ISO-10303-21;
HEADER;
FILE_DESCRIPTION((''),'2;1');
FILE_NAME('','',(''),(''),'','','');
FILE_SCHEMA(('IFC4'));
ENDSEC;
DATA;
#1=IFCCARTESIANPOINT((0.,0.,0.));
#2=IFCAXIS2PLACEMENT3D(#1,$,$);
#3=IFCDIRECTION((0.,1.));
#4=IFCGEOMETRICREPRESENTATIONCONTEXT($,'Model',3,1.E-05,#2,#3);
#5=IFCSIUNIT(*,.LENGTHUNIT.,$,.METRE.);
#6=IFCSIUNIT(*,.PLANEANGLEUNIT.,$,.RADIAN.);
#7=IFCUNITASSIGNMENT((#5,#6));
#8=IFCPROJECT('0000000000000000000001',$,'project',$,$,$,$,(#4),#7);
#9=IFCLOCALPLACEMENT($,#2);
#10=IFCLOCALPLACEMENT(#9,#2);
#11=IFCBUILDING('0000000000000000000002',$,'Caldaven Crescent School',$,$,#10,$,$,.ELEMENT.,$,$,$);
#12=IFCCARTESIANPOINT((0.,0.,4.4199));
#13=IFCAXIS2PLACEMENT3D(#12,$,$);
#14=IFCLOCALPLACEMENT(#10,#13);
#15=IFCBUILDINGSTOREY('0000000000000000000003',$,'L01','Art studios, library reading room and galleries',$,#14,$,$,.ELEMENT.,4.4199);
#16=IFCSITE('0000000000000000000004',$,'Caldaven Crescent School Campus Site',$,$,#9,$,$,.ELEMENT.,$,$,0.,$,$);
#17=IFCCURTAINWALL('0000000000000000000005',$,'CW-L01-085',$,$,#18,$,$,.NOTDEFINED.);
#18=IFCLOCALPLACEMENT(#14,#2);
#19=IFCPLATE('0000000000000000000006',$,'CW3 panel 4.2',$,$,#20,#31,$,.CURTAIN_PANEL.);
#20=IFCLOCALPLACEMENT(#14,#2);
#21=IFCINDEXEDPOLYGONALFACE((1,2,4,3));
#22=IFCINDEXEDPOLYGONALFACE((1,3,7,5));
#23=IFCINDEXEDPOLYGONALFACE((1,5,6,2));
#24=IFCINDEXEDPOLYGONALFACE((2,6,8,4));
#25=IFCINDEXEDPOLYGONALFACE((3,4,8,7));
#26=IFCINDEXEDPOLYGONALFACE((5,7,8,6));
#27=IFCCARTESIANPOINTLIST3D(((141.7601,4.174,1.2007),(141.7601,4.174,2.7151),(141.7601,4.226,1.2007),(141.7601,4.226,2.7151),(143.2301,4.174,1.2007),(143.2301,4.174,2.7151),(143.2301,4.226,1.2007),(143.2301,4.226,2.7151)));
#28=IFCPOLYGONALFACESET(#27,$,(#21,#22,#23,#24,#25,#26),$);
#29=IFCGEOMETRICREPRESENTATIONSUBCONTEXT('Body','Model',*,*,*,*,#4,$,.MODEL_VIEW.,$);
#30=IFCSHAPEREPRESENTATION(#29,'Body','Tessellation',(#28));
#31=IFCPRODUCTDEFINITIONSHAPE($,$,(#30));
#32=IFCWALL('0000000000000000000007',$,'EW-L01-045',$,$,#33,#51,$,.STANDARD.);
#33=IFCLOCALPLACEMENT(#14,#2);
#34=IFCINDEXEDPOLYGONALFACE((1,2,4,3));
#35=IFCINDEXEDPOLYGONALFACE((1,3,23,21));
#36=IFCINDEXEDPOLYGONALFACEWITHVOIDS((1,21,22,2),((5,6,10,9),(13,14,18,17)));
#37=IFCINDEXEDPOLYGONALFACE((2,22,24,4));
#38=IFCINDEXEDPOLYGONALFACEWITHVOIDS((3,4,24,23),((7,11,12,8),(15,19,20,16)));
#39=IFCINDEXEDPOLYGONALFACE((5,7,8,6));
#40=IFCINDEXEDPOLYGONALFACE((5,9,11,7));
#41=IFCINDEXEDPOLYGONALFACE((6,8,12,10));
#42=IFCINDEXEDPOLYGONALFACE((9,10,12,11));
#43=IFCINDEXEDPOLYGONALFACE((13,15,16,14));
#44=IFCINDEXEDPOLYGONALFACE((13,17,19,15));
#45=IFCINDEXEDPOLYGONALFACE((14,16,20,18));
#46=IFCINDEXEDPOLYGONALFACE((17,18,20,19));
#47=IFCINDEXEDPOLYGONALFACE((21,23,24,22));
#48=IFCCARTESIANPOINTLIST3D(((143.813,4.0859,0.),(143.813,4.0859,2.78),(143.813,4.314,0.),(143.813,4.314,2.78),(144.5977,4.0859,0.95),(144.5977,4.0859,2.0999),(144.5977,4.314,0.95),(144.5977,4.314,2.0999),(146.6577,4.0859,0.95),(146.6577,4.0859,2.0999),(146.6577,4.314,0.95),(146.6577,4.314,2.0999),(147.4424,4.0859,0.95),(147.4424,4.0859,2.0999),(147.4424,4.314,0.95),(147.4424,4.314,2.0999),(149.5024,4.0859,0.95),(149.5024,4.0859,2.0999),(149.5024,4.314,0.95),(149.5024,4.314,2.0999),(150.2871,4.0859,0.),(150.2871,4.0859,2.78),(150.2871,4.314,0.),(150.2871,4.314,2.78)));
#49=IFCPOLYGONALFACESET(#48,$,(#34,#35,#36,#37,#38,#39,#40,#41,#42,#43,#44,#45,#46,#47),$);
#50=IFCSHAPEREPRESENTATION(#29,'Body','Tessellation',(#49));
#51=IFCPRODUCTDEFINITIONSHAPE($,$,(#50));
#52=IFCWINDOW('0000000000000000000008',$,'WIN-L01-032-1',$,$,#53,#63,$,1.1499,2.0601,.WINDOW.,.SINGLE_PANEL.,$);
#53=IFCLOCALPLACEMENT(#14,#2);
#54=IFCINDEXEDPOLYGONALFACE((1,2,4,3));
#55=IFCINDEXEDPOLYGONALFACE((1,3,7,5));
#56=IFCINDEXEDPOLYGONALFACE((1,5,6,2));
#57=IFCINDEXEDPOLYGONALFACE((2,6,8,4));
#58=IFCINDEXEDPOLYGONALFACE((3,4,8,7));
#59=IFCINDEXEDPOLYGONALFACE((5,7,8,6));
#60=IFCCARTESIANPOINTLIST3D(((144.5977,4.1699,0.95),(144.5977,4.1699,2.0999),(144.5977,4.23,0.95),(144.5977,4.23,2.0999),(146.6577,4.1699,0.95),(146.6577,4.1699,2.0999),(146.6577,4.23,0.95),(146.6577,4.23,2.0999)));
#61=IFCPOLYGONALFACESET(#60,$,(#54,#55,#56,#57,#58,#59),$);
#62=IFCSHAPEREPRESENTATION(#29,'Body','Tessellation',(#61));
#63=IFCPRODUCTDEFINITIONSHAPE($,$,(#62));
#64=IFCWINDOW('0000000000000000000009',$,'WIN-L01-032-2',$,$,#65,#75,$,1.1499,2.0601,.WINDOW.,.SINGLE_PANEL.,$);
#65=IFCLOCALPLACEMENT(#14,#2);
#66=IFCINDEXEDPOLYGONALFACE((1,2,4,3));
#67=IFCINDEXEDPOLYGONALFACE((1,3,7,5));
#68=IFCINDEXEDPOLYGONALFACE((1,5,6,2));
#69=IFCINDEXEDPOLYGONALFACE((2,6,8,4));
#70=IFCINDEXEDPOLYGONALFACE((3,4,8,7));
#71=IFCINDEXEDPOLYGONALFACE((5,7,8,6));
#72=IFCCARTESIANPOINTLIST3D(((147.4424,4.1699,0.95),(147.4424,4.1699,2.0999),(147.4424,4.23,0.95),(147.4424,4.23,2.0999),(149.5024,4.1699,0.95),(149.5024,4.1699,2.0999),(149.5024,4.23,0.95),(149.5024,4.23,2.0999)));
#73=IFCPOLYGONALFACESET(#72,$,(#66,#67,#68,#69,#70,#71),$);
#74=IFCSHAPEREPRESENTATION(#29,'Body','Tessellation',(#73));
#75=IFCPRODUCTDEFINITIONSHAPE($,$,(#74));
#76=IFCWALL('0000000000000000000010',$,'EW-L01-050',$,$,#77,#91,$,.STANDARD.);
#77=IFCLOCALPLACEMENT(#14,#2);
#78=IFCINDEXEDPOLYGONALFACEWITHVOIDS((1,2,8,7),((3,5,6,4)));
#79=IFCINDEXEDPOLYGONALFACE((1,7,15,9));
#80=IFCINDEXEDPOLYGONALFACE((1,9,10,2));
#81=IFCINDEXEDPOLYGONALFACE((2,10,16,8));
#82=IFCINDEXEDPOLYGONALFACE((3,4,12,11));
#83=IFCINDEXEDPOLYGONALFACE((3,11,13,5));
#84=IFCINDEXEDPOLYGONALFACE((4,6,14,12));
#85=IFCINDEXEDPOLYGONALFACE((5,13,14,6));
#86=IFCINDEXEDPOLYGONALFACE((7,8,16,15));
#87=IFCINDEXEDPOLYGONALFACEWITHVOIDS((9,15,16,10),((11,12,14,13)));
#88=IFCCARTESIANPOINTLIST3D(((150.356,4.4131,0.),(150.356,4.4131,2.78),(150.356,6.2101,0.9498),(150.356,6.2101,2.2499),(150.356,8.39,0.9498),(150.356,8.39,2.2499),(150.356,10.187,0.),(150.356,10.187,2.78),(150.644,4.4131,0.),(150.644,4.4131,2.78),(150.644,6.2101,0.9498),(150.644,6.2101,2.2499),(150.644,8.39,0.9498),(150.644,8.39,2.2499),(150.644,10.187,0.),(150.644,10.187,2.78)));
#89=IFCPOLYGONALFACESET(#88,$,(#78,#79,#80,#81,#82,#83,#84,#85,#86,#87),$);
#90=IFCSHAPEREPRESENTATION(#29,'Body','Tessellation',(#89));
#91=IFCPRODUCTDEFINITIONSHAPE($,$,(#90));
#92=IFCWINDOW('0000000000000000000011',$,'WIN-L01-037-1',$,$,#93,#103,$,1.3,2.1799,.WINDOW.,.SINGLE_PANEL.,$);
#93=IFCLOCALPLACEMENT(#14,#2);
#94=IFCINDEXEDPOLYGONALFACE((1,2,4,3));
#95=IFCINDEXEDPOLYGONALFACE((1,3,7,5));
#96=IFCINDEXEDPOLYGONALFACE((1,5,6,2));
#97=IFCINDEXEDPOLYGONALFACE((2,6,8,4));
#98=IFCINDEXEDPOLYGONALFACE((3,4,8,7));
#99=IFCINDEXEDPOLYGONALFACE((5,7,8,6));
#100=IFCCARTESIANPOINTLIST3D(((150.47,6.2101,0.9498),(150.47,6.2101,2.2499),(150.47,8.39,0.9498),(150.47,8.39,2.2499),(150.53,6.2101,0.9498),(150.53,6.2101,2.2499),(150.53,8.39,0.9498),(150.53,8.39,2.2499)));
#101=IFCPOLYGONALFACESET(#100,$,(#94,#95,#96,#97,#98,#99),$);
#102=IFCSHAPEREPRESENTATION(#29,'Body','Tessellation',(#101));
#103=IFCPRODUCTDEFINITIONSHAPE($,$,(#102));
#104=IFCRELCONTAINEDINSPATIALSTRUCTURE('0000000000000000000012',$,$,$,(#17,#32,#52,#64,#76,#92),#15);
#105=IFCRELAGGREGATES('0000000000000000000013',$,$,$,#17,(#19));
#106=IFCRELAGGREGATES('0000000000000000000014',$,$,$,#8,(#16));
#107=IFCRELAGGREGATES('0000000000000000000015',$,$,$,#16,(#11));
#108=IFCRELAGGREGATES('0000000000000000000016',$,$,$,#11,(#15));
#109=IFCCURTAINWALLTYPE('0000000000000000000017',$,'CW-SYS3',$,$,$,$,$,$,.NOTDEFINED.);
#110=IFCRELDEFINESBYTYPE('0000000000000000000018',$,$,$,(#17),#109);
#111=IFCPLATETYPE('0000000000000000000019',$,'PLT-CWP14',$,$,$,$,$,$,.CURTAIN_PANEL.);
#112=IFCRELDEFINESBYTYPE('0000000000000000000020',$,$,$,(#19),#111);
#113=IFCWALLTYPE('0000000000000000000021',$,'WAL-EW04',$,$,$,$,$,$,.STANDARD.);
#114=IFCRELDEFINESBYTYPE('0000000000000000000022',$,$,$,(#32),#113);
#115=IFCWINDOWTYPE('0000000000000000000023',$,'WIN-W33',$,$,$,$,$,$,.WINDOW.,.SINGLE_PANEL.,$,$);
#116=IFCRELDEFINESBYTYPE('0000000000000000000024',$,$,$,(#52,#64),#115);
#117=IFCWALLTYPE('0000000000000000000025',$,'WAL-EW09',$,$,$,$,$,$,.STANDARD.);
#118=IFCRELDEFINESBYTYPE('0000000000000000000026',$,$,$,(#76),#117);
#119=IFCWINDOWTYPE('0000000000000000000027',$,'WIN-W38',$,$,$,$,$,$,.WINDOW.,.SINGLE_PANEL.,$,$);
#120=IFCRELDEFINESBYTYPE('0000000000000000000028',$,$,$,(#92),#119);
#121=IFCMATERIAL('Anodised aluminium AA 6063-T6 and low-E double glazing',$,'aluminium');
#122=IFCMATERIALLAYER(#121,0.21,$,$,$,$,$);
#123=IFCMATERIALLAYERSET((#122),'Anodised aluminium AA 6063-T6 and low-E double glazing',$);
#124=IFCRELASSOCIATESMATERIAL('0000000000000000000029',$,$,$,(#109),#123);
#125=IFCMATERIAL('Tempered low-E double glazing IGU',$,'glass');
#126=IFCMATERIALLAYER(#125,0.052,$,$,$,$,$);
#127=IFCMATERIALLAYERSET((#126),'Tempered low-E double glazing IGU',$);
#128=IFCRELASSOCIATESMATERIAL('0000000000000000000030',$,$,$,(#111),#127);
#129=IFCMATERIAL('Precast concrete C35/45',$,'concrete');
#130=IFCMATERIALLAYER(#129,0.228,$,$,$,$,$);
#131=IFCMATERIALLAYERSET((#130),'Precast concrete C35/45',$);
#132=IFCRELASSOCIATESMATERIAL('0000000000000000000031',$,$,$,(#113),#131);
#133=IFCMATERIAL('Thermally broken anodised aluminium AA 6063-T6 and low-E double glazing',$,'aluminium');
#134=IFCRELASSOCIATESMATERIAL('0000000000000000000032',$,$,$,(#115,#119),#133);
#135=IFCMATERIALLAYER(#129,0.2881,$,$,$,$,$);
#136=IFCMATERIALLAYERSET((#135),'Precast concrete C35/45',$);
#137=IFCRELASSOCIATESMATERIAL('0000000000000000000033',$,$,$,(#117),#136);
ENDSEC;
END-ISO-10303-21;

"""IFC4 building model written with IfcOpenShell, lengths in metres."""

from ifc_helpers import new_model, si_unit, direction, frame, frame_2d, origin, origin_2d, place, context, subcontext, project, spatial, rectangle, extrude, material, layer, layer_set, type_object, element, fill, aggregate, save


model = new_model("IFC4")

# Units and contexts
model_context = context("Model", 3, precision=1e-05, world=origin(), true_north=direction((0.0, 1.0)))
body_context = subcontext(model_context, "Body", "Model", "MODEL_VIEW")
ifc_project = project(units=[si_unit("LENGTHUNIT", "METRE"), si_unit("PLANEANGLEUNIT", "RADIAN")], contexts=[model_context])

# Site, building, storey
site_placement = place(None, origin())
site = spatial("IfcSite", under=ifc_project, at=site_placement, Name="Caldaven Crescent School Campus Site", CompositionType="ELEMENT", RefElevation=0.0)
building_placement = place(site_placement, origin())
building = spatial("IfcBuilding", under=site, at=building_placement, Name="Caldaven Crescent School", CompositionType="ELEMENT")
storey_placement = place(building_placement, frame((0.0, 0.0, 4.4199)))
storey = spatial("IfcBuildingStorey", under=building, at=storey_placement, Name="L01", Description="Art studios, library reading room and galleries", CompositionType="ELEMENT", Elevation=4.4199)

# Curtain wall
ifc_material_1 = material(Name="Anodised aluminium AA 6063-T6 and low-E double glazing", Category="aluminium")
ifc_layer_1 = layer(ifc_material_1, 0.21)
ifc_layer_set_1 = layer_set([ifc_layer_1], Name="Anodised aluminium AA 6063-T6 and low-E double glazing")
curtain_wall_type = type_object("IfcCurtainWallType", Name="CW-SYS3", PredefinedType="NOTDEFINED", material=ifc_layer_set_1)
curtain_wall_1_placement = place(storey_placement, origin())
curtain_wall_1 = element("IfcCurtainWall", 1, at=curtain_wall_1_placement, inside=storey, type_object=curtain_wall_type, Name="CW-L01-085", PredefinedType="NOTDEFINED")

# Plate
ifc_material_2 = material(Name="Tempered low-E double glazing IGU", Category="glass")
ifc_layer_2 = layer(ifc_material_2, 0.052)
ifc_layer_set_2 = layer_set([ifc_layer_2], Name="Tempered low-E double glazing IGU")
plate_type = type_object("IfcPlateType", Name="PLT-CWP14", PredefinedType="CURTAIN_PANEL", material=ifc_layer_set_2)
plate_placement = place(storey_placement, frame((142.4951, 4.2, 1.2007), z_axis=(0.0, 0.0, 1.0), x_axis=(1.0, 0.0, 0.0)))
plate = element("IfcPlate", 2, at=plate_placement, type_object=plate_type, Name="CW3 panel 4.2", PredefinedType="CURTAIN_PANEL", context=body_context, shape_type="SweptSolid", body=[
    extrude(rectangle(XDim=1.47, YDim=0.052, at=origin_2d()), origin(), (0.0, 0.0, 1.0), 1.5144),
])
aggregate(curtain_wall_1, [plate])

# Wall, openings, windows
ifc_material_3 = material(Name="Precast concrete C35/45", Category="concrete")
ifc_layer_3 = layer(ifc_material_3, 0.228)
ifc_layer_set_3 = layer_set([ifc_layer_3], Name="Precast concrete C35/45")
wall_type_1 = type_object("IfcWallType", Name="WAL-EW04", PredefinedType="STANDARD", material=ifc_layer_set_3)
wall_1_placement = place(storey_placement, frame((143.813, 4.2, 0.0), z_axis=(0.0, 0.0, 1.0), x_axis=(1.0, 0.0, 0.0)))
wall_1 = element("IfcWall", 3, at=wall_1_placement, inside=storey, type_object=wall_type_1, Name="EW-L01-045", PredefinedType="STANDARD", context=body_context, shape_type="SweptSolid", body=[
    extrude(rectangle(XDim=6.4741, YDim=0.228, at=frame_2d((3.2371, 0.0))), origin(), (0.0, 0.0, 1.0), 2.78),
])
opening_1_placement = place(wall_1_placement, frame((0.7847, 0.0, 0.95)))
opening_1 = element("IfcOpeningElement", 4, at=opening_1_placement, cuts=wall_1, PredefinedType="OPENING", context=body_context, shape_type="SweptSolid", body=[
    extrude(rectangle(XDim=2.0601, YDim=1.1499, at=frame_2d((1.03, 0.575))), frame((0.0, 0.124, 0.0), z_axis=(0.0, -1.0, 0.0), x_axis=(1.0, 0.0, 0.0)), (0.0, 0.0, 1.0), 0.248),
])
opening_2_placement = place(wall_1_placement, frame((3.6294, 0.0, 0.95)))
opening_2 = element("IfcOpeningElement", 5, at=opening_2_placement, cuts=wall_1, PredefinedType="OPENING", context=body_context, shape_type="SweptSolid", body=[
    extrude(rectangle(XDim=2.0601, YDim=1.1499, at=frame_2d((1.03, 0.575))), frame((0.0, 0.124, 0.0), z_axis=(0.0, -1.0, 0.0), x_axis=(1.0, 0.0, 0.0)), (0.0, 0.0, 1.0), 0.248),
])
ifc_material_4 = material(Name="Thermally broken anodised aluminium AA 6063-T6 and low-E double glazing", Category="aluminium")
window_type_1 = type_object("IfcWindowType", Name="WIN-W33", PartitioningType="SINGLE_PANEL", PredefinedType="WINDOW", material=ifc_material_4)
window_1_placement = place(opening_1_placement, origin())
window_1 = element("IfcWindow", 6, at=window_1_placement, inside=storey, type_object=window_type_1, Name="WIN-L01-032-1", OverallHeight=1.1499, OverallWidth=2.0601, PartitioningType="SINGLE_PANEL", PredefinedType="WINDOW", context=body_context, shape_type="SweptSolid", body=[
    extrude(rectangle(XDim=2.0601, YDim=1.1499, at=frame_2d((1.03, 0.575))), frame((0.0, 0.03, 0.0), z_axis=(0.0, -1.0, 0.0), x_axis=(1.0, 0.0, 0.0)), (0.0, 0.0, 1.0), 0.0601),
])
fill(opening_1, window_1)
window_2_placement = place(opening_2_placement, origin())
window_2 = element("IfcWindow", 7, at=window_2_placement, inside=storey, type_object=window_type_1, Name="WIN-L01-032-2", OverallHeight=1.1499, OverallWidth=2.0601, PartitioningType="SINGLE_PANEL", PredefinedType="WINDOW", context=body_context, shape_type="SweptSolid", body=[
    extrude(rectangle(XDim=2.0601, YDim=1.1499, at=frame_2d((1.03, 0.575))), frame((0.0, 0.03, 0.0), z_axis=(0.0, -1.0, 0.0), x_axis=(1.0, 0.0, 0.0)), (0.0, 0.0, 1.0), 0.0601),
])
fill(opening_2, window_2)

# Wall, opening, window
ifc_layer_4 = layer(ifc_material_3, 0.2881)
ifc_layer_set_4 = layer_set([ifc_layer_4], Name="Precast concrete C35/45")
wall_type_2 = type_object("IfcWallType", Name="WAL-EW09", PredefinedType="STANDARD", material=ifc_layer_set_4)
wall_2_placement = place(storey_placement, frame((150.5, 4.4131, 0.0), z_axis=(0.0, 0.0, 1.0), x_axis=(0.0, 1.0, 0.0)))
wall_2 = element("IfcWall", 8, at=wall_2_placement, inside=storey, type_object=wall_type_2, Name="EW-L01-050", PredefinedType="STANDARD", context=body_context, shape_type="SweptSolid", body=[
    extrude(rectangle(XDim=5.7739, YDim=0.2881, at=frame_2d((2.887, 0.0))), origin(), (0.0, 0.0, 1.0), 2.78),
])
opening_3_placement = place(wall_2_placement, frame((1.7971, 0.0, 0.95)))
opening_3 = element("IfcOpeningElement", 9, at=opening_3_placement, cuts=wall_2, PredefinedType="OPENING", context=body_context, shape_type="SweptSolid", body=[
    extrude(rectangle(XDim=2.1799, YDim=1.3, at=frame_2d((1.0898, 0.6499))), frame((0.0, 0.1541, 0.0), z_axis=(0.0, -1.0, 0.0), x_axis=(1.0, 0.0, 0.0)), (0.0, 0.0, 1.0), 0.3081),
])
window_type_2 = type_object("IfcWindowType", Name="WIN-W38", PartitioningType="SINGLE_PANEL", PredefinedType="WINDOW", material=ifc_material_4)
window_3_placement = place(opening_3_placement, origin())
window_3 = element("IfcWindow", 10, at=window_3_placement, inside=storey, type_object=window_type_2, Name="WIN-L01-037-1", OverallHeight=1.3, OverallWidth=2.1799, PartitioningType="SINGLE_PANEL", PredefinedType="WINDOW", context=body_context, shape_type="SweptSolid", body=[
    extrude(rectangle(XDim=2.1799, YDim=1.3, at=frame_2d((1.0898, 0.6499))), frame((0.0, 0.03, 0.0), z_axis=(0.0, -1.0, 0.0), x_axis=(1.0, 0.0, 0.0)), (0.0, 0.0, 1.0), 0.0601),
])
fill(opening_3, window_3)

save(model, "model.ifc")
